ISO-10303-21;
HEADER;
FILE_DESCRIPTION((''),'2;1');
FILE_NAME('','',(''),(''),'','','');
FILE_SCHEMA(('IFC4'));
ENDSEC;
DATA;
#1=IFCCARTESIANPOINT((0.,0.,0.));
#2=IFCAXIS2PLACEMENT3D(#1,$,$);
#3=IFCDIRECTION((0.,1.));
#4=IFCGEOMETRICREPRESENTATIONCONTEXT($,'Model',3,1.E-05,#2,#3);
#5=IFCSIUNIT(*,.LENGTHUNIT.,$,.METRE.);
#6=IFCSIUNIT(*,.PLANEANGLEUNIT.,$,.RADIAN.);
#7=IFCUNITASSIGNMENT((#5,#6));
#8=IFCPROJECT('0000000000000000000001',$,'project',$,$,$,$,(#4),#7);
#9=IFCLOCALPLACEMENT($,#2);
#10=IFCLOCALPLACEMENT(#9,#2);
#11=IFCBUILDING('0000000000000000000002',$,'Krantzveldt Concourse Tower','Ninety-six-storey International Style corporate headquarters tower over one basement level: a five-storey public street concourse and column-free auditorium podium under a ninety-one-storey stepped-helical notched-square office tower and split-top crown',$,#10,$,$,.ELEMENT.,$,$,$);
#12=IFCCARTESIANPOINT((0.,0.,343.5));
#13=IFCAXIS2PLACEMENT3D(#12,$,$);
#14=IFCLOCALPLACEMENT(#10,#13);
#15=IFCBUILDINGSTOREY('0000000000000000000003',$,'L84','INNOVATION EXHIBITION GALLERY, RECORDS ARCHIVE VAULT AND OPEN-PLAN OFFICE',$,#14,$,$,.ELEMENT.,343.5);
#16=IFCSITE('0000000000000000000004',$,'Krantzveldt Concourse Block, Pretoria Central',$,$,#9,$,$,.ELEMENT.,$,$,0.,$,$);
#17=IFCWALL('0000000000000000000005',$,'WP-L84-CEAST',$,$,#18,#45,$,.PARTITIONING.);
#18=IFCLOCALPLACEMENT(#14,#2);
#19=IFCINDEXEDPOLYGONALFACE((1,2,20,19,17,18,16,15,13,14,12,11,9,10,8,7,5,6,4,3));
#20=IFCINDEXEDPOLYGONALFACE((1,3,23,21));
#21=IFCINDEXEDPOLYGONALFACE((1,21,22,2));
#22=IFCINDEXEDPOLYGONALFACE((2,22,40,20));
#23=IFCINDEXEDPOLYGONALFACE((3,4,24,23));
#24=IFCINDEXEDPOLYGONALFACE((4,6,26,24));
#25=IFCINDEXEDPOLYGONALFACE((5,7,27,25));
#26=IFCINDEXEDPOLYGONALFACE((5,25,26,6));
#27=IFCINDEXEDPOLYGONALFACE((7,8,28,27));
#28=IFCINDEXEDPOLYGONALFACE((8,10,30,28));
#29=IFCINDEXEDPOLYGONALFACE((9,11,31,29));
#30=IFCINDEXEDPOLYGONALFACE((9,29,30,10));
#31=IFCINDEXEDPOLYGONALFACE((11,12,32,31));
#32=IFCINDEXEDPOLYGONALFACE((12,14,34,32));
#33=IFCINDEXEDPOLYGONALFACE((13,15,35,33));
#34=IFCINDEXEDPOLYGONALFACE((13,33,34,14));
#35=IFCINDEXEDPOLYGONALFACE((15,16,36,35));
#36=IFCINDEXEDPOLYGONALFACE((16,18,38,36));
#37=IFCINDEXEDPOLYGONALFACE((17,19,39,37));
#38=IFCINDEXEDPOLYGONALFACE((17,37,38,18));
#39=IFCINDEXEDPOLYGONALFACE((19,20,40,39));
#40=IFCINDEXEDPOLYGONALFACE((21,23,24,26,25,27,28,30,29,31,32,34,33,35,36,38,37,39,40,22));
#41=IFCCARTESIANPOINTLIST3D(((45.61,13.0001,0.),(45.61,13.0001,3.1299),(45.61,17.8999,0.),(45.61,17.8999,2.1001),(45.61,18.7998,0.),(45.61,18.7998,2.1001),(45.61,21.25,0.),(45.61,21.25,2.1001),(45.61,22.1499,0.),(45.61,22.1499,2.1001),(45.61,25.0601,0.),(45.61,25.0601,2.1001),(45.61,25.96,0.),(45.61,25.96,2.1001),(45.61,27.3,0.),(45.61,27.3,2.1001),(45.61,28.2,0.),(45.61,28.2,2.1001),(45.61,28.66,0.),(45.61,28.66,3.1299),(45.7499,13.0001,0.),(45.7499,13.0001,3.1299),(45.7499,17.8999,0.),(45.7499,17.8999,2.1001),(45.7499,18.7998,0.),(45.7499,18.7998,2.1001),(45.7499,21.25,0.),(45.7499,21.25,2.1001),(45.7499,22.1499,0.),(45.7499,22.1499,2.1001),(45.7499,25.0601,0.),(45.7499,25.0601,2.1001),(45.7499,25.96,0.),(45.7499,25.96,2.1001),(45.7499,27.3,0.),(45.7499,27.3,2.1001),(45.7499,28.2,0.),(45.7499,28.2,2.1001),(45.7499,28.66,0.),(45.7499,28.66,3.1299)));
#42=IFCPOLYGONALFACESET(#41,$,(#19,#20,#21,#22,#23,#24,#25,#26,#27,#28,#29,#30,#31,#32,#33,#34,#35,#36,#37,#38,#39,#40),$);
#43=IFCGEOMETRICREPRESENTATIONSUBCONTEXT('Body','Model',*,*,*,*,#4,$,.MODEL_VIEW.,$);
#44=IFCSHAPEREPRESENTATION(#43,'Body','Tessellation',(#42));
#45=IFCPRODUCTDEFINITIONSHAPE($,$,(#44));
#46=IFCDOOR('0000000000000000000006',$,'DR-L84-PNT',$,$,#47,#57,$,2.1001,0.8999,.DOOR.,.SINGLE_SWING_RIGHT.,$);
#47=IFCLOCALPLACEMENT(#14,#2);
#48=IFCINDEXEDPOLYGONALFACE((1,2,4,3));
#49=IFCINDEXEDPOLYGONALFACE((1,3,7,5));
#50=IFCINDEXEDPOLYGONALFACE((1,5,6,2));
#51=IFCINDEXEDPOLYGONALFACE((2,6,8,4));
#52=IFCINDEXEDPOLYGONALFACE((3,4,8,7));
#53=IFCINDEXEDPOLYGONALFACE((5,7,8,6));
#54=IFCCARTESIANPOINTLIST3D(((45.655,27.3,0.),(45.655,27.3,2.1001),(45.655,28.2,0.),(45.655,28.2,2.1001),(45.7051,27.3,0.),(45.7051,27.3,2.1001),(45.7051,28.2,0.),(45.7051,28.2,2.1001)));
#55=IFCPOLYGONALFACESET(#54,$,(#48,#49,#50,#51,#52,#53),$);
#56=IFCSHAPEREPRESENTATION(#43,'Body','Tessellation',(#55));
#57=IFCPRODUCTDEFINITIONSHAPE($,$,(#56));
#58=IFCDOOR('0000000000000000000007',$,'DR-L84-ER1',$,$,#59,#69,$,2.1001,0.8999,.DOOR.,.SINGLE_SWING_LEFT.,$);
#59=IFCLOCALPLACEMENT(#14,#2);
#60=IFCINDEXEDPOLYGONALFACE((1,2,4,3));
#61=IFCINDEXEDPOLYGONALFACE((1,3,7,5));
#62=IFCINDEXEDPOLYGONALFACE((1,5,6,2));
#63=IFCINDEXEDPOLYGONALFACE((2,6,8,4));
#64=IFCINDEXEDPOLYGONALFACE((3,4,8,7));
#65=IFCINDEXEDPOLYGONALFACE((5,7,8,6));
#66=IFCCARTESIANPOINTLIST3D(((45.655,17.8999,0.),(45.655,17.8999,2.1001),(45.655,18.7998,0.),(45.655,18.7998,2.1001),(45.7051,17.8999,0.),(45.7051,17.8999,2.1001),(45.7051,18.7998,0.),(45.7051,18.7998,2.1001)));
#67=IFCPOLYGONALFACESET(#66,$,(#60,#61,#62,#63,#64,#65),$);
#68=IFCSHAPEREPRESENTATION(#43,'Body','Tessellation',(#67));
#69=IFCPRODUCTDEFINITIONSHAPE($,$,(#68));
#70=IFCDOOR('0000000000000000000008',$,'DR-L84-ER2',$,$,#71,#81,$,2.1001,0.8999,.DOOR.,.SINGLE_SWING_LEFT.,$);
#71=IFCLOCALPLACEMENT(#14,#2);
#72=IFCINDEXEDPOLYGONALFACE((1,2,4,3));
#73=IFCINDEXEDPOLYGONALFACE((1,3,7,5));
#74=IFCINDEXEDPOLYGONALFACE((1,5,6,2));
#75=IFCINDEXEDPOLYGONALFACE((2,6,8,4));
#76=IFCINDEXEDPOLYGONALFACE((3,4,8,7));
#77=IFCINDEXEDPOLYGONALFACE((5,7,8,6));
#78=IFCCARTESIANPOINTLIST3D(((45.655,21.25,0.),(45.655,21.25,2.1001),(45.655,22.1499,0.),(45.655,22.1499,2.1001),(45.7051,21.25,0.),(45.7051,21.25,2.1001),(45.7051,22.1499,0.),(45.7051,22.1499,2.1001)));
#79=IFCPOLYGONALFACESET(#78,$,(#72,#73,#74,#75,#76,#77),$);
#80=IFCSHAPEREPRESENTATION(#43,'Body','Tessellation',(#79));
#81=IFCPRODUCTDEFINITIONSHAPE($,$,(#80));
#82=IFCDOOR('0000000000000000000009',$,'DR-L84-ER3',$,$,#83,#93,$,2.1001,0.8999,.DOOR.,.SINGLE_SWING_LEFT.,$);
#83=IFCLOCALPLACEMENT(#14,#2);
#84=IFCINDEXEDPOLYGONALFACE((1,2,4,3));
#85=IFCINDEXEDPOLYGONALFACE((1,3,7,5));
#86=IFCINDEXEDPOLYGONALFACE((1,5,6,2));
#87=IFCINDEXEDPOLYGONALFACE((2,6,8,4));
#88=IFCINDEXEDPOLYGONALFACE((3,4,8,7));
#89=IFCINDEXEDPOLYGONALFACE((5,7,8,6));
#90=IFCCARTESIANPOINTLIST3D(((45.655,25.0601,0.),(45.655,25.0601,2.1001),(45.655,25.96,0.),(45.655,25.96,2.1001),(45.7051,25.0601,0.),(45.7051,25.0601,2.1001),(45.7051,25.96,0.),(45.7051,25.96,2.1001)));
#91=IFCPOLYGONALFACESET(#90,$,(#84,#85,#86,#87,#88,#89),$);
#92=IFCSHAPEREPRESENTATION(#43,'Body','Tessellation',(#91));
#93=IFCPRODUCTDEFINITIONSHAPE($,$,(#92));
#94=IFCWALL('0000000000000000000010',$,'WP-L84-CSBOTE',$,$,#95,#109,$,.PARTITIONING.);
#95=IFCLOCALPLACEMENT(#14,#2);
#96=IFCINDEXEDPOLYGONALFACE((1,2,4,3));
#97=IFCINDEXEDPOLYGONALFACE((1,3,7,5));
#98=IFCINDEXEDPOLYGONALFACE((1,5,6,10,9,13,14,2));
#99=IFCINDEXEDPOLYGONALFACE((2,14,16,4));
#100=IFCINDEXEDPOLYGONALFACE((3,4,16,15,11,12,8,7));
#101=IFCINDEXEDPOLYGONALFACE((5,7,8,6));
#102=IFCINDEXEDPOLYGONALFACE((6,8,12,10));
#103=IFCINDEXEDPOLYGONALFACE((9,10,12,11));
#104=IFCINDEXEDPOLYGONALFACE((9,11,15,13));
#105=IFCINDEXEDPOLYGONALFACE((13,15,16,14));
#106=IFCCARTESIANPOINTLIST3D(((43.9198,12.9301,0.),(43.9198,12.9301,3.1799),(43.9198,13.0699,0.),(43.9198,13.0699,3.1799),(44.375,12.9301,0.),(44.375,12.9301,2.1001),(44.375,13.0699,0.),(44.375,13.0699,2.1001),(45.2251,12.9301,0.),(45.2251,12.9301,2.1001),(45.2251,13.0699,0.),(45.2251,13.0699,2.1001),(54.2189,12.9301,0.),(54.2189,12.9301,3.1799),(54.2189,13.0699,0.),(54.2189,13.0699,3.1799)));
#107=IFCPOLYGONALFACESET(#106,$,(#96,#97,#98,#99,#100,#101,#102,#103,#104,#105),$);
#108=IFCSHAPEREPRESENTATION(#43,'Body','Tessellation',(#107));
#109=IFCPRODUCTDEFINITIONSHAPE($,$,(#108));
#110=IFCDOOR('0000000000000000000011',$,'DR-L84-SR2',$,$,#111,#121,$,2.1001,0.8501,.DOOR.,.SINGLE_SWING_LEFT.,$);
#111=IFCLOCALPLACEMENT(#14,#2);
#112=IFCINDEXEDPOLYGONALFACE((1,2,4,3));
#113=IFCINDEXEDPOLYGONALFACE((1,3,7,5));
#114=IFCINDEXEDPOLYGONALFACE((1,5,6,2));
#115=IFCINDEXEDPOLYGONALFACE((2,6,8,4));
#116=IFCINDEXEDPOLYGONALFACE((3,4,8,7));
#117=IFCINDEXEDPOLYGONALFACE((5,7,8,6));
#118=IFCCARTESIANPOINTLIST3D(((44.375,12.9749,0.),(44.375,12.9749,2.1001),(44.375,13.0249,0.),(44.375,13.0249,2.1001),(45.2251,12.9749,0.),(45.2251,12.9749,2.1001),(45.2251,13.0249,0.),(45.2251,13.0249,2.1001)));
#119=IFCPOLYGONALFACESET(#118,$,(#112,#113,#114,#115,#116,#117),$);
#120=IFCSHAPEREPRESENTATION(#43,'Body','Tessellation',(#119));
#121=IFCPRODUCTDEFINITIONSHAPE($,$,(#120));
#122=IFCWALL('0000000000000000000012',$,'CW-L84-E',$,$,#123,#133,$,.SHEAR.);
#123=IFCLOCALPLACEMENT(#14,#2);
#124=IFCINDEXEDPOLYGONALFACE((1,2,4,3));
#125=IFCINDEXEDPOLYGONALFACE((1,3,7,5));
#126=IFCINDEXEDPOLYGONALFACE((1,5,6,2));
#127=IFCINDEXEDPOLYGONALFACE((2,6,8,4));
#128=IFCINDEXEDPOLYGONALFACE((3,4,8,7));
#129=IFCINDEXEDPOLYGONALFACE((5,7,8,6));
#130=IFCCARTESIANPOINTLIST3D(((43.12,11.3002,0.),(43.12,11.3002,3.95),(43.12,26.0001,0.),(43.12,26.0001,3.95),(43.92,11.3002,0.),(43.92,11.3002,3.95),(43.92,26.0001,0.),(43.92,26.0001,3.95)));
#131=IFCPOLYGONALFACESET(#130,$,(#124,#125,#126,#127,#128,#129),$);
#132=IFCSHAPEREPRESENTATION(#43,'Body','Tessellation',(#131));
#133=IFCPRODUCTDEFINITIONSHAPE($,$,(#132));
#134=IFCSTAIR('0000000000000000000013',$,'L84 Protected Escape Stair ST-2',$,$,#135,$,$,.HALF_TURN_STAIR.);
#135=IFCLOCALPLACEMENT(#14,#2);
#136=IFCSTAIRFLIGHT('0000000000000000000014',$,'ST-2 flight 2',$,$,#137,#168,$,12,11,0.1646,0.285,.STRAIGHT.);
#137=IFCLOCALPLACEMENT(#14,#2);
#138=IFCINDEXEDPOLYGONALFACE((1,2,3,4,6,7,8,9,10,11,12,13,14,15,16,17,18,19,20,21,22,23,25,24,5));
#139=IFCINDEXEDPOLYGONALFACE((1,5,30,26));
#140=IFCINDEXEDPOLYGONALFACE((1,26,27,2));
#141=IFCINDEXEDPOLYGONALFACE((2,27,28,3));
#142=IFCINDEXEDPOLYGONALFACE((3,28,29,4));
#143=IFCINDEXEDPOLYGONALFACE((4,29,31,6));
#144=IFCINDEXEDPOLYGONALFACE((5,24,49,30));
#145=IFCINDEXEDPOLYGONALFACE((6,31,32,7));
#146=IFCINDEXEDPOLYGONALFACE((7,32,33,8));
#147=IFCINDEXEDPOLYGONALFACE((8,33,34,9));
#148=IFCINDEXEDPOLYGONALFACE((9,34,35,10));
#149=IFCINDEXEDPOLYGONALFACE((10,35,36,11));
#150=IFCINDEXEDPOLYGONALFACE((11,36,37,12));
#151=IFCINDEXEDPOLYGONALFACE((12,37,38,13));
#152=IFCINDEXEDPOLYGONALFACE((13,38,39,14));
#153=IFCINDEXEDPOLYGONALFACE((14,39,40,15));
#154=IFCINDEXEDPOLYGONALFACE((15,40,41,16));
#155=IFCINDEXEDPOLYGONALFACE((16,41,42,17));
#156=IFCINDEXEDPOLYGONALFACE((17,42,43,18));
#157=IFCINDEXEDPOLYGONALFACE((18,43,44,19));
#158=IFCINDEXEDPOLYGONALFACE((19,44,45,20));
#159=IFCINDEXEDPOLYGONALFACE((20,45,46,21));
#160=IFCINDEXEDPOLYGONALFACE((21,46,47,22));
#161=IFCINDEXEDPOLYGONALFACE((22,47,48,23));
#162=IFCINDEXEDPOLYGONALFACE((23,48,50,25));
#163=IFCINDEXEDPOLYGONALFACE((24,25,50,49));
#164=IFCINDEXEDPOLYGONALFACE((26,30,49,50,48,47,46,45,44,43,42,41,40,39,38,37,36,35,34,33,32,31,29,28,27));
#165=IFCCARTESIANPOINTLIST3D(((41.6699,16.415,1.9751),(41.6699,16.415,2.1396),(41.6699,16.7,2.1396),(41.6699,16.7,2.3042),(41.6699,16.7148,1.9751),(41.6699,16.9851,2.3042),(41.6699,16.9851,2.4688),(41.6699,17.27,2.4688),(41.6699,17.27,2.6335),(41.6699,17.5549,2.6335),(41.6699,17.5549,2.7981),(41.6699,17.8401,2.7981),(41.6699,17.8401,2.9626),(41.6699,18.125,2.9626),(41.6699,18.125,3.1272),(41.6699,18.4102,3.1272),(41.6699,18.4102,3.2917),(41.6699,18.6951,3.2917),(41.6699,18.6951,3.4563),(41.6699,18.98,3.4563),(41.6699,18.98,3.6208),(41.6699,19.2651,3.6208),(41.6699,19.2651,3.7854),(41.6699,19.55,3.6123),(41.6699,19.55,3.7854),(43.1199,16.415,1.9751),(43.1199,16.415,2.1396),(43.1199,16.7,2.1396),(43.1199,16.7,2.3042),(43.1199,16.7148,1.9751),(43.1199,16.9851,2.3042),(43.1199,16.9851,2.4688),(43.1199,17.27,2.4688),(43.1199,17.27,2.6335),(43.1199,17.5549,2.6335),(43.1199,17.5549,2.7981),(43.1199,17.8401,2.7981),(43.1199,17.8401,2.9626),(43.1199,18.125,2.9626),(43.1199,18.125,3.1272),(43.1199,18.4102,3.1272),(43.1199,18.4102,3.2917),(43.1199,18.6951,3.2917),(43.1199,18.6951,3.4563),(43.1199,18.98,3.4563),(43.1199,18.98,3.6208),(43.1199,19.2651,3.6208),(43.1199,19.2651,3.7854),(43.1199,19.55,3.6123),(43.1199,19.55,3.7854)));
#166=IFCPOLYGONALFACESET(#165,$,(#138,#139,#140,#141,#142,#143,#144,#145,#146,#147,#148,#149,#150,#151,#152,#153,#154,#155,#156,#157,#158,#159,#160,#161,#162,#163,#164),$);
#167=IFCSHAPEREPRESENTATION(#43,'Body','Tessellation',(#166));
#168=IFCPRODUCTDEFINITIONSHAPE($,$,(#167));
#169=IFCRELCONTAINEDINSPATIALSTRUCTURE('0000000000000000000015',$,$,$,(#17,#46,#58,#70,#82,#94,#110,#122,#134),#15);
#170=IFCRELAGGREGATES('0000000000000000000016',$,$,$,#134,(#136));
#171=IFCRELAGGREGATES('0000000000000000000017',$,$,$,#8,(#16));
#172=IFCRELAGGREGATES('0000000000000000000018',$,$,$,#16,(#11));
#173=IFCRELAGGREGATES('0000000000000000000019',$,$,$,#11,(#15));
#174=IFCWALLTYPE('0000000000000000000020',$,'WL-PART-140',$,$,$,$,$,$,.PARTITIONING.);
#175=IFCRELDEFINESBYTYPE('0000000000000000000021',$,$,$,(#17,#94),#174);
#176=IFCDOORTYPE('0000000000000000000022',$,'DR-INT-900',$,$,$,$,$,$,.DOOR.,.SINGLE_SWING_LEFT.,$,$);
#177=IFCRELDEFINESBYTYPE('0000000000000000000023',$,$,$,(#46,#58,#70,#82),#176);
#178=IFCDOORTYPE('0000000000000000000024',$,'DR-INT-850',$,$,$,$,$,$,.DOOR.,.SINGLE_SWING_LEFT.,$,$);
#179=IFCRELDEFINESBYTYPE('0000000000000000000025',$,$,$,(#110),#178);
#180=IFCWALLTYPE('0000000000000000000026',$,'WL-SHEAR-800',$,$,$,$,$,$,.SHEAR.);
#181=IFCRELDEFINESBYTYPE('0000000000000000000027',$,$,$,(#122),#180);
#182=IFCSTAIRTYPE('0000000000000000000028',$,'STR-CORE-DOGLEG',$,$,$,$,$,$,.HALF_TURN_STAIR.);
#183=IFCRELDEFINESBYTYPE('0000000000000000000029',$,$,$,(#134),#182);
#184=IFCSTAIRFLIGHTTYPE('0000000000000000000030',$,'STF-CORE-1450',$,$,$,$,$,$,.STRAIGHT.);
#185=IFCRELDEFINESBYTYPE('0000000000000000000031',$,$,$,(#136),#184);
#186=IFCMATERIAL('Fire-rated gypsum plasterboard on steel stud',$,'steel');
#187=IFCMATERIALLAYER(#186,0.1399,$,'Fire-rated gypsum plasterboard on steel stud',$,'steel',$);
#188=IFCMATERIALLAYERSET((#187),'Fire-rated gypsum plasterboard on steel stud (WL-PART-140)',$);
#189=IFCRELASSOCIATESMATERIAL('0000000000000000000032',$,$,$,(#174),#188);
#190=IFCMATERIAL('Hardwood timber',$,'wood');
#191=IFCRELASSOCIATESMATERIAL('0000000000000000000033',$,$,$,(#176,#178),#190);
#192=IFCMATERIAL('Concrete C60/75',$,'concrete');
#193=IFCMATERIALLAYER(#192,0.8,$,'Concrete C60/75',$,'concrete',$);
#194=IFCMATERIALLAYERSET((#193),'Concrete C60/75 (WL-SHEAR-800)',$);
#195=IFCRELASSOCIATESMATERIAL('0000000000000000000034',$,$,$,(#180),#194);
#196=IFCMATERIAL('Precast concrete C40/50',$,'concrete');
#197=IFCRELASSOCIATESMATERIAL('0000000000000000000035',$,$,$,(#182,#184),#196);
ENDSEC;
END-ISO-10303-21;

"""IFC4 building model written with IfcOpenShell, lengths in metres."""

from ifc_helpers import new_model, si_unit, direction, frame, frame_2d, origin, place, context, subcontext, project, spatial, polyline, rectangle, outline, extrude, material, layer, layer_set, type_object, element, fill, aggregate, save


model = new_model("IFC4")

# Units and contexts
model_context = context("Model", 3, precision=1e-05, world=origin(), true_north=direction((0.0, 1.0)))
body_context = subcontext(model_context, "Body", "Model", "MODEL_VIEW")
ifc_project = project(units=[si_unit("LENGTHUNIT", "METRE"), si_unit("PLANEANGLEUNIT", "RADIAN")], contexts=[model_context])

# Site, building, storey
site_placement = place(None, origin())
site = spatial("IfcSite", under=ifc_project, at=site_placement, Name="Krantzveldt Concourse Block, Pretoria Central", CompositionType="ELEMENT", RefElevation=0.0)
building_placement = place(site_placement, origin())
building = spatial("IfcBuilding", under=site, at=building_placement, Name="Krantzveldt Concourse Tower", Description="Ninety-six-storey International Style corporate headquarters tower over one basement level: a five-storey public street concourse and column-free auditorium podium under a ninety-one-storey stepped-helical notched-square office tower and split-top crown", CompositionType="ELEMENT")
storey_placement = place(building_placement, frame((0.0, 0.0, 343.5)))
storey = spatial("IfcBuildingStorey", under=building, at=storey_placement, Name="L84", Description="INNOVATION EXHIBITION GALLERY, RECORDS ARCHIVE VAULT AND OPEN-PLAN OFFICE", CompositionType="ELEMENT", Elevation=343.5)

# Shared definitions
ifc_material_1 = material(Name="Fire-rated gypsum plasterboard on steel stud", Category="steel")

# Wall, openings, doors
ifc_layer_1 = layer(ifc_material_1, 0.1399, Name="Fire-rated gypsum plasterboard on steel stud", Category="steel")
ifc_layer_set_1 = layer_set([ifc_layer_1], Name="Fire-rated gypsum plasterboard on steel stud (WL-PART-140)")
wall_type_1 = type_object("IfcWallType", Name="WL-PART-140", PredefinedType="PARTITIONING", material=ifc_layer_set_1)
wall_1_placement = place(storey_placement, frame((45.6799, 13.0, 0.0), z_axis=(0.0, 0.0, 1.0), x_axis=(0.0, 1.0, 0.0)))
wall_1 = element("IfcWall", 1, at=wall_1_placement, inside=storey, type_object=wall_type_1, Name="WP-L84-CEAST", PredefinedType="PARTITIONING", context=body_context, shape_type="SweptSolid", body=[
    extrude(rectangle(XDim=15.6599, YDim=0.1399, at=frame_2d((7.8301, 0.0))), origin(), (0.0, 0.0, 1.0), 3.1299),
])
opening_1_placement = place(wall_1_placement, frame((14.3, 0.0, 0.0)))
opening_1 = element("IfcOpeningElement", 2, at=opening_1_placement, cuts=wall_1, PredefinedType="OPENING", context=body_context, shape_type="SweptSolid", body=[
    extrude(rectangle(XDim=0.8999, YDim=2.1001, at=frame_2d((0.45, 1.05))), frame((0.0, 0.0801, 0.0), z_axis=(0.0, -1.0, 0.0), x_axis=(1.0, 0.0, 0.0)), (0.0, 0.0, 1.0), 0.1599),
])
opening_2_placement = place(wall_1_placement, frame((4.8999, 0.0, 0.0)))
opening_2 = element("IfcOpeningElement", 3, at=opening_2_placement, cuts=wall_1, PredefinedType="OPENING", context=body_context, shape_type="SweptSolid", body=[
    extrude(rectangle(XDim=0.8999, YDim=2.1001, at=frame_2d((0.45, 1.05))), frame((0.0, 0.0801, 0.0), z_axis=(0.0, -1.0, 0.0), x_axis=(1.0, 0.0, 0.0)), (0.0, 0.0, 1.0), 0.1599),
])
opening_3_placement = place(wall_1_placement, frame((8.25, 0.0, 0.0)))
opening_3 = element("IfcOpeningElement", 4, at=opening_3_placement, cuts=wall_1, PredefinedType="OPENING", context=body_context, shape_type="SweptSolid", body=[
    extrude(rectangle(XDim=0.8999, YDim=2.1001, at=frame_2d((0.45, 1.05))), frame((0.0, 0.0801, 0.0), z_axis=(0.0, -1.0, 0.0), x_axis=(1.0, 0.0, 0.0)), (0.0, 0.0, 1.0), 0.1599),
])
opening_4_placement = place(wall_1_placement, frame((12.0601, 0.0, 0.0)))
opening_4 = element("IfcOpeningElement", 5, at=opening_4_placement, cuts=wall_1, PredefinedType="OPENING", context=body_context, shape_type="SweptSolid", body=[
    extrude(rectangle(XDim=0.8999, YDim=2.1001, at=frame_2d((0.45, 1.05))), frame((0.0, 0.0801, 0.0), z_axis=(0.0, -1.0, 0.0), x_axis=(1.0, 0.0, 0.0)), (0.0, 0.0, 1.0), 0.1599),
])
ifc_material_2 = material(Name="Hardwood timber", Category="wood")
door_type_1 = type_object("IfcDoorType", Name="DR-INT-900", OperationType="SINGLE_SWING_LEFT", PredefinedType="DOOR", material=ifc_material_2)
door_1_placement = place(opening_1_placement, origin())
door_1 = element("IfcDoor", 6, at=door_1_placement, inside=storey, type_object=door_type_1, Name="DR-L84-PNT", OperationType="SINGLE_SWING_RIGHT", OverallHeight=2.1001, OverallWidth=0.8999, PredefinedType="DOOR", context=body_context, shape_type="SweptSolid", body=[
    extrude(rectangle(XDim=0.8999, YDim=2.1001, at=frame_2d((0.45, 1.05))), frame((0.0, 0.0249, 0.0), z_axis=(0.0, -1.0, 0.0), x_axis=(1.0, 0.0, 0.0)), (0.0, 0.0, 1.0), 0.05),
])
fill(opening_1, door_1)
door_2_placement = place(opening_2_placement, origin())
door_2 = element("IfcDoor", 7, at=door_2_placement, inside=storey, type_object=door_type_1, Name="DR-L84-ER1", OperationType="SINGLE_SWING_LEFT", OverallHeight=2.1001, OverallWidth=0.8999, PredefinedType="DOOR", context=body_context, shape_type="SweptSolid", body=[
    extrude(rectangle(XDim=0.8999, YDim=2.1001, at=frame_2d((0.45, 1.05))), frame((0.0, 0.0249, 0.0), z_axis=(0.0, -1.0, 0.0), x_axis=(1.0, 0.0, 0.0)), (0.0, 0.0, 1.0), 0.05),
])
fill(opening_2, door_2)
door_3_placement = place(opening_3_placement, origin())
door_3 = element("IfcDoor", 8, at=door_3_placement, inside=storey, type_object=door_type_1, Name="DR-L84-ER2", OperationType="SINGLE_SWING_LEFT", OverallHeight=2.1001, OverallWidth=0.8999, PredefinedType="DOOR", context=body_context, shape_type="SweptSolid", body=[
    extrude(rectangle(XDim=0.8999, YDim=2.1001, at=frame_2d((0.45, 1.05))), frame((0.0, 0.0249, 0.0), z_axis=(0.0, -1.0, 0.0), x_axis=(1.0, 0.0, 0.0)), (0.0, 0.0, 1.0), 0.05),
])
fill(opening_3, door_3)
door_4_placement = place(opening_4_placement, origin())
door_4 = element("IfcDoor", 9, at=door_4_placement, inside=storey, type_object=door_type_1, Name="DR-L84-ER3", OperationType="SINGLE_SWING_LEFT", OverallHeight=2.1001, OverallWidth=0.8999, PredefinedType="DOOR", context=body_context, shape_type="SweptSolid", body=[
    extrude(rectangle(XDim=0.8999, YDim=2.1001, at=frame_2d((0.45, 1.05))), frame((0.0, 0.0249, 0.0), z_axis=(0.0, -1.0, 0.0), x_axis=(1.0, 0.0, 0.0)), (0.0, 0.0, 1.0), 0.05),
])
fill(opening_4, door_4)

# Wall, opening, door
wall_2_placement = place(storey_placement, frame((43.9199, 13.0, 0.0), z_axis=(0.0, 0.0, 1.0), x_axis=(1.0, 0.0, 0.0)))
wall_2 = element("IfcWall", 10, at=wall_2_placement, inside=storey, type_object=wall_type_1, Name="WP-L84-CSBOTE", PredefinedType="PARTITIONING", context=body_context, shape_type="SweptSolid", body=[
    extrude(rectangle(XDim=10.2991, YDim=0.1399, at=frame_2d((5.1494, 0.0))), origin(), (0.0, 0.0, 1.0), 3.1799),
])
opening_5_placement = place(wall_2_placement, frame((0.4551, 0.0, 0.0)))
opening_5 = element("IfcOpeningElement", 11, at=opening_5_placement, cuts=wall_2, PredefinedType="OPENING", context=body_context, shape_type="SweptSolid", body=[
    extrude(rectangle(XDim=0.8501, YDim=2.1001, at=frame_2d((0.425, 1.05))), frame((0.0, 0.0801, 0.0), z_axis=(0.0, -1.0, 0.0), x_axis=(1.0, 0.0, 0.0)), (0.0, 0.0, 1.0), 0.1599),
])
door_type_2 = type_object("IfcDoorType", Name="DR-INT-850", OperationType="SINGLE_SWING_LEFT", PredefinedType="DOOR", material=ifc_material_2)
door_5_placement = place(opening_5_placement, origin())
door_5 = element("IfcDoor", 12, at=door_5_placement, inside=storey, type_object=door_type_2, Name="DR-L84-SR2", OperationType="SINGLE_SWING_LEFT", OverallHeight=2.1001, OverallWidth=0.8501, PredefinedType="DOOR", context=body_context, shape_type="SweptSolid", body=[
    extrude(rectangle(XDim=0.8501, YDim=2.1001, at=frame_2d((0.425, 1.05))), frame((0.0, 0.0249, 0.0), z_axis=(0.0, -1.0, 0.0), x_axis=(1.0, 0.0, 0.0)), (0.0, 0.0, 1.0), 0.05),
])
fill(opening_5, door_5)

# Wall
ifc_material_3 = material(Name="Concrete C60/75", Category="concrete")
ifc_layer_2 = layer(ifc_material_3, 0.8, Name="Concrete C60/75", Category="concrete")
ifc_layer_set_2 = layer_set([ifc_layer_2], Name="Concrete C60/75 (WL-SHEAR-800)")
wall_type_2 = type_object("IfcWallType", Name="WL-SHEAR-800", PredefinedType="SHEAR", material=ifc_layer_set_2)
wall_3_placement = place(storey_placement, frame((43.52, 11.3, 0.0), z_axis=(0.0, 0.0, 1.0), x_axis=(0.0, 1.0, 0.0)))
element("IfcWall", 13, at=wall_3_placement, inside=storey, type_object=wall_type_2, Name="CW-L84-E", PredefinedType="SHEAR", context=body_context, shape_type="SweptSolid", body=[
    extrude(rectangle(XDim=14.7, YDim=0.8, at=frame_2d((7.3501, 0.0))), origin(), (0.0, 0.0, 1.0), 3.95),
])

# Stair, stair flight
ifc_material_4 = material(Name="Precast concrete C40/50", Category="concrete")
stair_type = type_object("IfcStairType", Name="STR-CORE-DOGLEG", PredefinedType="HALF_TURN_STAIR", material=ifc_material_4)
stair_placement = place(storey_placement, origin())
stair = element("IfcStair", 14, at=stair_placement, inside=storey, type_object=stair_type, Name="L84 Protected Escape Stair ST-2", PredefinedType="HALF_TURN_STAIR")
stair_flight_type = type_object("IfcStairFlightType", Name="STF-CORE-1450", PredefinedType="STRAIGHT", material=ifc_material_4)
stair_flight_placement = place(storey_placement, frame((42.395, 16.415, 1.9751), z_axis=(0.0, 0.0, 1.0), x_axis=(0.0, 1.0, 0.0)))
stair_flight = element("IfcStairFlight", 15, at=stair_flight_placement, type_object=stair_flight_type, Name="ST-2 flight 2", NumberOfRisers=12, NumberOfTreads=11, PredefinedType="STRAIGHT", RiserHeight=0.1646, TreadLength=0.285, context=body_context, shape_type="SweptSolid", body=[
    extrude(outline(polyline([(0.0, 0.0), (0.0, 0.1646), (0.2849, 0.1646), (0.2849, 0.3291), (0.5701, 0.3291), (0.5701, 0.4937), (0.855, 0.4937), (0.855, 0.6584), (1.1399, 0.6584), (1.1399, 0.823), (1.425, 0.823), (1.425, 0.9875), (1.71, 0.9875), (1.71, 1.1521), (1.9951, 1.1521), (1.9951, 1.3167), (2.28, 1.3167), (2.28, 1.4812), (2.5649, 1.4812), (2.5649, 1.6458), (2.8501, 1.6458), (2.8501, 1.8103), (3.135, 1.8103), (3.135, 1.9751), (3.135, 1.6372), (0.2998, 0.0), (0.0, 0.0)])), frame((0.0, 0.7251, 0.0), z_axis=(0.0, -1.0, 0.0), x_axis=(1.0, 0.0, 0.0)), (0.0, 0.0, 1.0), 1.45),
])
aggregate(stair, [stair_flight])

save(model, "model.ifc")
